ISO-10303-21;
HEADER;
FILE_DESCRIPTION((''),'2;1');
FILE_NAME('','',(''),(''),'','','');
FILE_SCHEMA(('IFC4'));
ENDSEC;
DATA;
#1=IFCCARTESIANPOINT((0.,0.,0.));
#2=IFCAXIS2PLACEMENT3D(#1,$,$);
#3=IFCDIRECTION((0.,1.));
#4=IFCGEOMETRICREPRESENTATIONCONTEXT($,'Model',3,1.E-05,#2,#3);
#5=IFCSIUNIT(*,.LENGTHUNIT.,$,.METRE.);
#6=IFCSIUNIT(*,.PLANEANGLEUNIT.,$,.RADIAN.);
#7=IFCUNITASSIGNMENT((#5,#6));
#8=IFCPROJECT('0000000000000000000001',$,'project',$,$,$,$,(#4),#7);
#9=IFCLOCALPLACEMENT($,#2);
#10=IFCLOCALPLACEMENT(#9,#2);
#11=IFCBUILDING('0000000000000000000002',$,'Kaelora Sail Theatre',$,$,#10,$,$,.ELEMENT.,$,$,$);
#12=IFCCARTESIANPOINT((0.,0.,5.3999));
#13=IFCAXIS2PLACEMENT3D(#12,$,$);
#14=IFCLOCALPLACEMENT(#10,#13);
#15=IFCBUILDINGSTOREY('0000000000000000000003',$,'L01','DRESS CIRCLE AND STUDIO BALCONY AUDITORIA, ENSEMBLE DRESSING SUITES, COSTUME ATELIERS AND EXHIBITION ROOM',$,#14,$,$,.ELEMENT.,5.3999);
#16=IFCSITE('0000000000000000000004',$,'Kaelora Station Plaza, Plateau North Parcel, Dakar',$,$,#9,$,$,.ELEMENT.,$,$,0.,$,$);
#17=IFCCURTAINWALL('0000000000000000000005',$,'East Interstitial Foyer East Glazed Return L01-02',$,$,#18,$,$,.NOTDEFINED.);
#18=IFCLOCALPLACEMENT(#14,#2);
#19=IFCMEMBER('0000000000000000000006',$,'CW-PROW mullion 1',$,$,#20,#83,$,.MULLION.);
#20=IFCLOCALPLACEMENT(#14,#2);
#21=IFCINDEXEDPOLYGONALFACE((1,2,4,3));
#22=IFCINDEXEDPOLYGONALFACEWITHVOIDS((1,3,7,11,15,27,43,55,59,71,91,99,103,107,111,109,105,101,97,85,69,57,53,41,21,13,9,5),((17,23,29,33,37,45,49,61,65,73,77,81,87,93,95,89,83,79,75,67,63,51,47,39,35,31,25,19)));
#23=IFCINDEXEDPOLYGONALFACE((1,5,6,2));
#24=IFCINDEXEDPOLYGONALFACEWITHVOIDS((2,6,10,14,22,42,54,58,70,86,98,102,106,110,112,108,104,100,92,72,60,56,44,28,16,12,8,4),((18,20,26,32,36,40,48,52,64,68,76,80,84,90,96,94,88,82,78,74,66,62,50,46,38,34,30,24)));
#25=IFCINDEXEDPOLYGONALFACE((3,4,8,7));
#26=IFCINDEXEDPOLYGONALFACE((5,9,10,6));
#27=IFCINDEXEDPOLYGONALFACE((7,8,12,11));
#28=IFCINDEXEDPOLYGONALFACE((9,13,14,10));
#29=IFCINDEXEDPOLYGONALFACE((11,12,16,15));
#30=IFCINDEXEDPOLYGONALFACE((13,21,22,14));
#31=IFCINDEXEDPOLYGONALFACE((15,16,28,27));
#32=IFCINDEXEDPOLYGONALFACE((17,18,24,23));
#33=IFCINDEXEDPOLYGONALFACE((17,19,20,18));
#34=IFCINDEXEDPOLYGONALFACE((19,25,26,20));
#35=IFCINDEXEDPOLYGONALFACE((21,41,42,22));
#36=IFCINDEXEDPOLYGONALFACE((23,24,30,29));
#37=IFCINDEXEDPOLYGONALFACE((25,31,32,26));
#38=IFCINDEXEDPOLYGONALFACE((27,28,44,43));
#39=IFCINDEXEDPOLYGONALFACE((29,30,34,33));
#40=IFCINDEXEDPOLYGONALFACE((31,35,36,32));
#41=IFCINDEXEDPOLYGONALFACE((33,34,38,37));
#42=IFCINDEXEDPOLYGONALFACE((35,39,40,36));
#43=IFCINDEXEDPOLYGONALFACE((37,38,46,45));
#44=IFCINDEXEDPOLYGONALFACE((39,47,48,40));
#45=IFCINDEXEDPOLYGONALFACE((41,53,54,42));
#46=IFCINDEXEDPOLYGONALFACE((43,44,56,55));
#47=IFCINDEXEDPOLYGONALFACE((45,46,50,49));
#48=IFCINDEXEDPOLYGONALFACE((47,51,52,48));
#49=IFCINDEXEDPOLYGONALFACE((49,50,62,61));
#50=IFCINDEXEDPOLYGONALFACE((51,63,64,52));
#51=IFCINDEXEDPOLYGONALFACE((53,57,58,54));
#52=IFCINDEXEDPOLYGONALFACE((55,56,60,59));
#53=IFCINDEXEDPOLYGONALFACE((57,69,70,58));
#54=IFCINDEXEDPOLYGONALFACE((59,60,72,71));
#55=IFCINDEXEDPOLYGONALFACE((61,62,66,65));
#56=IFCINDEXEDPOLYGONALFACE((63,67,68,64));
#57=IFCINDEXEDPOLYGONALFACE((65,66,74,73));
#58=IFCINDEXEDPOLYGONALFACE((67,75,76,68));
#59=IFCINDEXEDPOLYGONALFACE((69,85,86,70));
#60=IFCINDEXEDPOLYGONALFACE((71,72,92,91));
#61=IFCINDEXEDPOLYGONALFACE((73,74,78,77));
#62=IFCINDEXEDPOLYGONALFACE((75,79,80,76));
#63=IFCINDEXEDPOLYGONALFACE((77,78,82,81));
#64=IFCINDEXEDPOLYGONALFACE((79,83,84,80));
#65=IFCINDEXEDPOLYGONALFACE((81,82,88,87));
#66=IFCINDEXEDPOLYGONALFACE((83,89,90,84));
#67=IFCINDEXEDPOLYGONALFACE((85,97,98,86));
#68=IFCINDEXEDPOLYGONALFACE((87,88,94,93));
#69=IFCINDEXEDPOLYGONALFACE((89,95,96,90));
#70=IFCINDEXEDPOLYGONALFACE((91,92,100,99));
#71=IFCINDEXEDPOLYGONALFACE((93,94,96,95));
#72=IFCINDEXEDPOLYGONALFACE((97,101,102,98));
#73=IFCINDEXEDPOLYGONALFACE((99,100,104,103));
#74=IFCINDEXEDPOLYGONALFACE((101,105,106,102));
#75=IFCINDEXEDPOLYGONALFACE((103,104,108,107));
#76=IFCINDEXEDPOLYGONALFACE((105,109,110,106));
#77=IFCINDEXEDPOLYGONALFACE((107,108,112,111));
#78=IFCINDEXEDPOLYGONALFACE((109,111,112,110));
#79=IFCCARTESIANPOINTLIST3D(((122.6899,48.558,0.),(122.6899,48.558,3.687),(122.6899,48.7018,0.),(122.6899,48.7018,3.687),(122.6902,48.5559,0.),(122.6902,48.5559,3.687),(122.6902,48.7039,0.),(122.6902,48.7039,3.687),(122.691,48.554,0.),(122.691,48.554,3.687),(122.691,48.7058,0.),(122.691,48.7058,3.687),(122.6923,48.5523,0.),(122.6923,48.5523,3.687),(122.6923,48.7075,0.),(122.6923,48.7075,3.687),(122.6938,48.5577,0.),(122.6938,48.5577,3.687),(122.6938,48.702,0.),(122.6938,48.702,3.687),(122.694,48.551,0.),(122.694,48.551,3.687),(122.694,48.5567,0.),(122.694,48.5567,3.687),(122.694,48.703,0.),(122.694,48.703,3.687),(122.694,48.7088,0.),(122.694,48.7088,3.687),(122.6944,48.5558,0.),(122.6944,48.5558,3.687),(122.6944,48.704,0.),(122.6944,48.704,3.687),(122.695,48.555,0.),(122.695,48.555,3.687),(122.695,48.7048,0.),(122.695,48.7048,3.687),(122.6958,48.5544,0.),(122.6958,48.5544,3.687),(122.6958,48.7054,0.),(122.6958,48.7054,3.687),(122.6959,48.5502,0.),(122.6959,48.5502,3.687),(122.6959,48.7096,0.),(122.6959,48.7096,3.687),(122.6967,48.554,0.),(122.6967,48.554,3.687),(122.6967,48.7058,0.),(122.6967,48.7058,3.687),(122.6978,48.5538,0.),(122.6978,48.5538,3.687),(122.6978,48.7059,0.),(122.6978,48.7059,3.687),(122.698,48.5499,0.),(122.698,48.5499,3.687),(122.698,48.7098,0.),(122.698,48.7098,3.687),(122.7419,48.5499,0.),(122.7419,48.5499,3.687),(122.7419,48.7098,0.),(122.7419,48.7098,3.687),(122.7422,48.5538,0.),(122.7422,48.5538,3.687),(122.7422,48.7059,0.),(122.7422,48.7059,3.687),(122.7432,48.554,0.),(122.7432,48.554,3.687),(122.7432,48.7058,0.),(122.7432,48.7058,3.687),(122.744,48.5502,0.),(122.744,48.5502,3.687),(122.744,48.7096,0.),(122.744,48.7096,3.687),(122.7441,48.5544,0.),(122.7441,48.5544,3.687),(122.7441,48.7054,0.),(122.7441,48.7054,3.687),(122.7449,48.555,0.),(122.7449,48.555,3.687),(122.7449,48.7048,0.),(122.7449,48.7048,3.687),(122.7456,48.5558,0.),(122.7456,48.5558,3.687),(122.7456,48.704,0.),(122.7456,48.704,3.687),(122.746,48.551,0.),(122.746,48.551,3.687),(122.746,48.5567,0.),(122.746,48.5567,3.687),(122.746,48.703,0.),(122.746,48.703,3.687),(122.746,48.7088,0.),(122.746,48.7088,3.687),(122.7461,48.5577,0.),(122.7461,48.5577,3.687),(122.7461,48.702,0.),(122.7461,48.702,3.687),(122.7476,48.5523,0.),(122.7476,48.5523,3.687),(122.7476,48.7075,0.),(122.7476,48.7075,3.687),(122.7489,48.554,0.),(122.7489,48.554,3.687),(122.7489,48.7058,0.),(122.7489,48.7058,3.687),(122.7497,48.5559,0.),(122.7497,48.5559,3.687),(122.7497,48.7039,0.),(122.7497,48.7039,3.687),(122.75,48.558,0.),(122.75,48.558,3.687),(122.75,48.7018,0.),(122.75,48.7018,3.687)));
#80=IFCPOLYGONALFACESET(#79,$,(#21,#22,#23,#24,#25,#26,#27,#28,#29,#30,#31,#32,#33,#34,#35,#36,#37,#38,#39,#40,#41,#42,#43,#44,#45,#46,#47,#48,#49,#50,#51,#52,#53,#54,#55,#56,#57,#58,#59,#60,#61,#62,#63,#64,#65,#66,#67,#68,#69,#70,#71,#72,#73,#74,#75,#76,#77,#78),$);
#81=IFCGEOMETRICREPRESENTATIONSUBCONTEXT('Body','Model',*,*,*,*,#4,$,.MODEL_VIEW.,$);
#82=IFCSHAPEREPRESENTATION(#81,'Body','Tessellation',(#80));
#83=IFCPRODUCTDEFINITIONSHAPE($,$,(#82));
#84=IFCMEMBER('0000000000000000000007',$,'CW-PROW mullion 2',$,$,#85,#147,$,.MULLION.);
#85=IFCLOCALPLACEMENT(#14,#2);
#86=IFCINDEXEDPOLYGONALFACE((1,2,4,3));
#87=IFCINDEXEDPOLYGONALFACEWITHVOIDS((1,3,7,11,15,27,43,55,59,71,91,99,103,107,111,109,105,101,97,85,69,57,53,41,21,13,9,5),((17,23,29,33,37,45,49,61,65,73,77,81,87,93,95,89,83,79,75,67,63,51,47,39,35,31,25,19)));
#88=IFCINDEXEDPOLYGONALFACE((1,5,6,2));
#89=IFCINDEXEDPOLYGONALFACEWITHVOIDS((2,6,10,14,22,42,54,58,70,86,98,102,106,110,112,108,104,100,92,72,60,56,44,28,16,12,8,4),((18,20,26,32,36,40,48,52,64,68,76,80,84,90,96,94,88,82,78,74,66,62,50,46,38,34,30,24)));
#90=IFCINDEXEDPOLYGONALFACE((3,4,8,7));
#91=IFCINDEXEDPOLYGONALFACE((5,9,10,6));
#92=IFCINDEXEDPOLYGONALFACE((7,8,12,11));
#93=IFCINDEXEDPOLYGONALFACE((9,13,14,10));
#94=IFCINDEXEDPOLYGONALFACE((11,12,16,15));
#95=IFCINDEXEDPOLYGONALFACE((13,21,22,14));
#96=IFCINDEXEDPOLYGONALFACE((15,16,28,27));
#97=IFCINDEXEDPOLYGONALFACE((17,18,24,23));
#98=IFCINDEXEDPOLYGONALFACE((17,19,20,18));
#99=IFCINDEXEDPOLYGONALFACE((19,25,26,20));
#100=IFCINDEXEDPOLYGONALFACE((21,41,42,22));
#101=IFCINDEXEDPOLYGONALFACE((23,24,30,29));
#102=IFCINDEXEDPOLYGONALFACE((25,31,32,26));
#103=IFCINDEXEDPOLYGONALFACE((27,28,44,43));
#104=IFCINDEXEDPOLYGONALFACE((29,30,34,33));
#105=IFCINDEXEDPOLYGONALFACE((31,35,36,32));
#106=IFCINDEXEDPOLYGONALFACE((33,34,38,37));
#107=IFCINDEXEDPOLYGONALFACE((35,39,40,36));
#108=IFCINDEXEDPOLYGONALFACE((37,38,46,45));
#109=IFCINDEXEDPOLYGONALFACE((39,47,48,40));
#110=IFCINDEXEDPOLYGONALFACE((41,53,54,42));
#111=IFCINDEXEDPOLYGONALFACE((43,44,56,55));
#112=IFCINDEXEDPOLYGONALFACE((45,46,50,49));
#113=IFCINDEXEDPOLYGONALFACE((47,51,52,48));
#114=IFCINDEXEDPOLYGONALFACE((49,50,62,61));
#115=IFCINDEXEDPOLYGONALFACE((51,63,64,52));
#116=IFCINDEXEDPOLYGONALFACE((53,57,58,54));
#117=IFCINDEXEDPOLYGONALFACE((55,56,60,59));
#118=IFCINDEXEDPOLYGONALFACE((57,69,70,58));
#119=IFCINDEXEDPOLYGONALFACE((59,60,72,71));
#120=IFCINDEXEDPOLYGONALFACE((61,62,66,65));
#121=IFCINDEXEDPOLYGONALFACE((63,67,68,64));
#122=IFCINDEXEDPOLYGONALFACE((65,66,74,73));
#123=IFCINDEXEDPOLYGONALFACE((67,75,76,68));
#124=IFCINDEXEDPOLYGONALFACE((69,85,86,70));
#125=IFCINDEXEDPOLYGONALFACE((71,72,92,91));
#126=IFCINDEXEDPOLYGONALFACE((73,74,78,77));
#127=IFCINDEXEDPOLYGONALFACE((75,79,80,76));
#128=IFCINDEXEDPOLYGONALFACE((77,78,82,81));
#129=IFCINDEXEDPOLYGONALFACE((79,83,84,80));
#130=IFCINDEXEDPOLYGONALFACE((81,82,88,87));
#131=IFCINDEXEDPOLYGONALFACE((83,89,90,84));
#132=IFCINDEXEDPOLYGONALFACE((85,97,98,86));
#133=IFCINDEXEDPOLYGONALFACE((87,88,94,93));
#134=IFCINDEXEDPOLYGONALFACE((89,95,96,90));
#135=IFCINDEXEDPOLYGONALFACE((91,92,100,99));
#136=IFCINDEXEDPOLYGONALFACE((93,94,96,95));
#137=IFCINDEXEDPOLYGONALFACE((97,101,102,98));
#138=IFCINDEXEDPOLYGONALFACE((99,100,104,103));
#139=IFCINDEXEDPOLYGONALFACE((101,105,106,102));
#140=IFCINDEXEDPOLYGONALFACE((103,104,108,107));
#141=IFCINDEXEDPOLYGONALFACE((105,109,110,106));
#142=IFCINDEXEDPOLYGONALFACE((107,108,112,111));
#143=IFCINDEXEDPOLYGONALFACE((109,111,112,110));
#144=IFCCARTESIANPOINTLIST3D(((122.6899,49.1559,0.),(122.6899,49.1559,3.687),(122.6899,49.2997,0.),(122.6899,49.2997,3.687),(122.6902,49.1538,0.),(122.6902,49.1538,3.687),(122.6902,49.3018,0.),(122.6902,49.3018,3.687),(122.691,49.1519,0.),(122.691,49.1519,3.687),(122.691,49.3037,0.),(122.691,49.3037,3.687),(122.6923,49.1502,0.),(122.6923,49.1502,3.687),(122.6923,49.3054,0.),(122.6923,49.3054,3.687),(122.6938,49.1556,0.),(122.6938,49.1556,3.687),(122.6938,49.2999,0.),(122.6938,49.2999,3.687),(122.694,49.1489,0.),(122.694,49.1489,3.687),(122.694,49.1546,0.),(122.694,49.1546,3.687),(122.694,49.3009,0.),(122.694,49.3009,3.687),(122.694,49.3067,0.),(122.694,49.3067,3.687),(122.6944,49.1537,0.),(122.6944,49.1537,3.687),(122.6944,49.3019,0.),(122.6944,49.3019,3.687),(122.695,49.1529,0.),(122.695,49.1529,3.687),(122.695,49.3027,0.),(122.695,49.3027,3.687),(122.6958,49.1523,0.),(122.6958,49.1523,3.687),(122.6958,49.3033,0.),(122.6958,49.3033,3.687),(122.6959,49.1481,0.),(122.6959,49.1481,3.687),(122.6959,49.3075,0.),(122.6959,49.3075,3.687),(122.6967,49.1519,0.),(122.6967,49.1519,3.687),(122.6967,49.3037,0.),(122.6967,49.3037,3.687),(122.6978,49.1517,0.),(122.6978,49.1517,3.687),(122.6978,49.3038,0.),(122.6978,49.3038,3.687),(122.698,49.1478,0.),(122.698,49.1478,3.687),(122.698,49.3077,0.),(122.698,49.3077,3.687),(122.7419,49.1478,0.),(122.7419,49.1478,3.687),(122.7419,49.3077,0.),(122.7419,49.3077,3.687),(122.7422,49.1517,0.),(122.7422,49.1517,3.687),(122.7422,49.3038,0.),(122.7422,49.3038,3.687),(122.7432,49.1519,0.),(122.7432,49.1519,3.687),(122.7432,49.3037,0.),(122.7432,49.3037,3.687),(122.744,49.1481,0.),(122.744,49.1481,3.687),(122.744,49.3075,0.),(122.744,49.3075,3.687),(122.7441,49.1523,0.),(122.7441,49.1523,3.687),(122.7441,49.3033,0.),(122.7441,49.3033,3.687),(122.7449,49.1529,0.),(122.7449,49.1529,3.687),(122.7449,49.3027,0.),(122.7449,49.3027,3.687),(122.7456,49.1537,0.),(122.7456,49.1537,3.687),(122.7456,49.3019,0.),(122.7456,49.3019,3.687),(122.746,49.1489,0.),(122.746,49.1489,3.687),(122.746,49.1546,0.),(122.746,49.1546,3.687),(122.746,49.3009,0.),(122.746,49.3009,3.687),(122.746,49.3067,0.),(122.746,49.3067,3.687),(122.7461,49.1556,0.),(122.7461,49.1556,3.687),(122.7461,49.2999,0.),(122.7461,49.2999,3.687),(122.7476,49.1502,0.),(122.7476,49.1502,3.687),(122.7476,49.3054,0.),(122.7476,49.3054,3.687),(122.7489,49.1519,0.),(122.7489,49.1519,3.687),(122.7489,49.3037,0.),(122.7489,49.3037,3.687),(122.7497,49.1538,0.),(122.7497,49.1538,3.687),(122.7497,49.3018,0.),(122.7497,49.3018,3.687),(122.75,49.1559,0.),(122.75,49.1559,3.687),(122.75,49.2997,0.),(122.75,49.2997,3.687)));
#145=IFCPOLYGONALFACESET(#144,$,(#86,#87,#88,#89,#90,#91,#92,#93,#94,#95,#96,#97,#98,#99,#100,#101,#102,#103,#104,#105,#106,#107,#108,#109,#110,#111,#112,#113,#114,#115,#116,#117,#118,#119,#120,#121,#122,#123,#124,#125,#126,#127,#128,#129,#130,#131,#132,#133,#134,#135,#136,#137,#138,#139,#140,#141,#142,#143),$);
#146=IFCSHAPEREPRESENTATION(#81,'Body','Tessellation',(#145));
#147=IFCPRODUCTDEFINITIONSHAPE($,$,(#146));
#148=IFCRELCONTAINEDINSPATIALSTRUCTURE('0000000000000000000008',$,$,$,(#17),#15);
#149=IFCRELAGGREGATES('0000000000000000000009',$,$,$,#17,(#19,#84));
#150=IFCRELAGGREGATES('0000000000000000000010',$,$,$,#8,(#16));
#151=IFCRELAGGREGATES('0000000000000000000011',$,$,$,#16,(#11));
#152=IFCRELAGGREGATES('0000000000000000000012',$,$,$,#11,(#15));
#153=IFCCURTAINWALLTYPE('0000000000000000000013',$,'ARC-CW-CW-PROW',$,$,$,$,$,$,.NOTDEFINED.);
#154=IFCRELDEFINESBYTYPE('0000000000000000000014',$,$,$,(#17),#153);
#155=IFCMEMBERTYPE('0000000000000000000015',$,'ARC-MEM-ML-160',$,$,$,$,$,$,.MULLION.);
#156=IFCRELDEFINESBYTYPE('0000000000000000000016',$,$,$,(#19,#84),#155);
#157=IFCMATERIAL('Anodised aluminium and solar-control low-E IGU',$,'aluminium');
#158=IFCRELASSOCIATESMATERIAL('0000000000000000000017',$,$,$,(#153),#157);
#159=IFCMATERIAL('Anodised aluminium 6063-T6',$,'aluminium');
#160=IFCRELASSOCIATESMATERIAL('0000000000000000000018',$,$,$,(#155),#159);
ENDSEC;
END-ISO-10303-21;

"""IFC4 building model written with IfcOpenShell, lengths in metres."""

from ifc_helpers import new_model, si_unit, direction, frame, origin, origin_2d, place, context, subcontext, project, spatial, hollow_rectangle, extrude, material, material_profile, profile_set, type_object, element, aggregate, save


model = new_model("IFC4")

# Units and contexts
model_context = context("Model", 3, precision=1e-05, world=origin(), true_north=direction((0.0, 1.0)))
body_context = subcontext(model_context, "Body", "Model", "MODEL_VIEW")
ifc_project = project(units=[si_unit("LENGTHUNIT", "METRE"), si_unit("PLANEANGLEUNIT", "RADIAN")], contexts=[model_context])

# Site, building, storey
site_placement = place(None, origin())
site = spatial("IfcSite", under=ifc_project, at=site_placement, Name="Kaelora Station Plaza, Plateau North Parcel, Dakar", CompositionType="ELEMENT", RefElevation=0.0)
building_placement = place(site_placement, origin())
building = spatial("IfcBuilding", under=site, at=building_placement, Name="Kaelora Sail Theatre", CompositionType="ELEMENT")
storey_placement = place(building_placement, frame((0.0, 0.0, 5.3999)))
storey = spatial("IfcBuildingStorey", under=building, at=storey_placement, Name="L01", Description="DRESS CIRCLE AND STUDIO BALCONY AUDITORIA, ENSEMBLE DRESSING SUITES, COSTUME ATELIERS AND EXHIBITION ROOM", CompositionType="ELEMENT", Elevation=5.3999)

# Curtain wall, members
ifc_material_1 = material(Name="Anodised aluminium and solar-control low-E IGU", Category="aluminium")
curtain_wall_type = type_object("IfcCurtainWallType", Name="ARC-CW-CW-PROW", PredefinedType="NOTDEFINED", material=ifc_material_1)
ifc_material_2 = material(Name="Anodised aluminium 6063-T6", Category="aluminium")
ifc_material_profile_1 = material_profile(ifc_material_2, hollow_rectangle(XDim=0.0601, YDim=0.1599, WallThickness=0.0039, InnerFilletRadius=0.0039, OuterFilletRadius=0.0081, at=origin_2d()), Name="ALU-MULL 60x160x4")
ifc_profile_set_1 = profile_set([ifc_material_profile_1], Name="Anodised aluminium 6063-T6")
member_type_1 = type_object("IfcMemberType", Name="ARC-MEM-ML-160", PredefinedType="MULLION", material=ifc_profile_set_1)
curtain_wall_1_placement = place(storey_placement, origin())
curtain_wall_1 = element("IfcCurtainWall", 1, at=curtain_wall_1_placement, inside=storey, type_object=curtain_wall_type, Name="East Interstitial Foyer East Glazed Return L01-02", PredefinedType="NOTDEFINED")
member_1_placement = place(storey_placement, frame((122.72, 48.6299, 0.0), z_axis=(0.0, 0.0, 1.0), x_axis=(-1.0, 0.0, 0.0)))
member_1 = element("IfcMember", 2, at=member_1_placement, type_object=member_type_1, Name="CW-PROW mullion 1", PredefinedType="MULLION", context=body_context, shape_type="SweptSolid", body=[
    extrude(hollow_rectangle(XDim=0.0601, YDim=0.1599, WallThickness=0.0039, InnerFilletRadius=0.0039, OuterFilletRadius=0.0081, at=origin_2d()), origin(), (0.0, 0.0, 1.0), 3.687),
])
member_2_placement = place(storey_placement, frame((122.72, 49.2278, 0.0), z_axis=(0.0, 0.0, 1.0), x_axis=(-1.0, 0.0, 0.0)))
member_2 = element("IfcMember", 3, at=member_2_placement, type_object=member_type_1, Name="CW-PROW mullion 2", PredefinedType="MULLION", context=body_context, shape_type="SweptSolid", body=[
    extrude(hollow_rectangle(XDim=0.0601, YDim=0.1599, WallThickness=0.0039, InnerFilletRadius=0.0039, OuterFilletRadius=0.0081, at=origin_2d()), origin(), (0.0, 0.0, 1.0), 3.687),
])

aggregate(curtain_wall_1, [member_1, member_2])

save(model, "model.ifc")
